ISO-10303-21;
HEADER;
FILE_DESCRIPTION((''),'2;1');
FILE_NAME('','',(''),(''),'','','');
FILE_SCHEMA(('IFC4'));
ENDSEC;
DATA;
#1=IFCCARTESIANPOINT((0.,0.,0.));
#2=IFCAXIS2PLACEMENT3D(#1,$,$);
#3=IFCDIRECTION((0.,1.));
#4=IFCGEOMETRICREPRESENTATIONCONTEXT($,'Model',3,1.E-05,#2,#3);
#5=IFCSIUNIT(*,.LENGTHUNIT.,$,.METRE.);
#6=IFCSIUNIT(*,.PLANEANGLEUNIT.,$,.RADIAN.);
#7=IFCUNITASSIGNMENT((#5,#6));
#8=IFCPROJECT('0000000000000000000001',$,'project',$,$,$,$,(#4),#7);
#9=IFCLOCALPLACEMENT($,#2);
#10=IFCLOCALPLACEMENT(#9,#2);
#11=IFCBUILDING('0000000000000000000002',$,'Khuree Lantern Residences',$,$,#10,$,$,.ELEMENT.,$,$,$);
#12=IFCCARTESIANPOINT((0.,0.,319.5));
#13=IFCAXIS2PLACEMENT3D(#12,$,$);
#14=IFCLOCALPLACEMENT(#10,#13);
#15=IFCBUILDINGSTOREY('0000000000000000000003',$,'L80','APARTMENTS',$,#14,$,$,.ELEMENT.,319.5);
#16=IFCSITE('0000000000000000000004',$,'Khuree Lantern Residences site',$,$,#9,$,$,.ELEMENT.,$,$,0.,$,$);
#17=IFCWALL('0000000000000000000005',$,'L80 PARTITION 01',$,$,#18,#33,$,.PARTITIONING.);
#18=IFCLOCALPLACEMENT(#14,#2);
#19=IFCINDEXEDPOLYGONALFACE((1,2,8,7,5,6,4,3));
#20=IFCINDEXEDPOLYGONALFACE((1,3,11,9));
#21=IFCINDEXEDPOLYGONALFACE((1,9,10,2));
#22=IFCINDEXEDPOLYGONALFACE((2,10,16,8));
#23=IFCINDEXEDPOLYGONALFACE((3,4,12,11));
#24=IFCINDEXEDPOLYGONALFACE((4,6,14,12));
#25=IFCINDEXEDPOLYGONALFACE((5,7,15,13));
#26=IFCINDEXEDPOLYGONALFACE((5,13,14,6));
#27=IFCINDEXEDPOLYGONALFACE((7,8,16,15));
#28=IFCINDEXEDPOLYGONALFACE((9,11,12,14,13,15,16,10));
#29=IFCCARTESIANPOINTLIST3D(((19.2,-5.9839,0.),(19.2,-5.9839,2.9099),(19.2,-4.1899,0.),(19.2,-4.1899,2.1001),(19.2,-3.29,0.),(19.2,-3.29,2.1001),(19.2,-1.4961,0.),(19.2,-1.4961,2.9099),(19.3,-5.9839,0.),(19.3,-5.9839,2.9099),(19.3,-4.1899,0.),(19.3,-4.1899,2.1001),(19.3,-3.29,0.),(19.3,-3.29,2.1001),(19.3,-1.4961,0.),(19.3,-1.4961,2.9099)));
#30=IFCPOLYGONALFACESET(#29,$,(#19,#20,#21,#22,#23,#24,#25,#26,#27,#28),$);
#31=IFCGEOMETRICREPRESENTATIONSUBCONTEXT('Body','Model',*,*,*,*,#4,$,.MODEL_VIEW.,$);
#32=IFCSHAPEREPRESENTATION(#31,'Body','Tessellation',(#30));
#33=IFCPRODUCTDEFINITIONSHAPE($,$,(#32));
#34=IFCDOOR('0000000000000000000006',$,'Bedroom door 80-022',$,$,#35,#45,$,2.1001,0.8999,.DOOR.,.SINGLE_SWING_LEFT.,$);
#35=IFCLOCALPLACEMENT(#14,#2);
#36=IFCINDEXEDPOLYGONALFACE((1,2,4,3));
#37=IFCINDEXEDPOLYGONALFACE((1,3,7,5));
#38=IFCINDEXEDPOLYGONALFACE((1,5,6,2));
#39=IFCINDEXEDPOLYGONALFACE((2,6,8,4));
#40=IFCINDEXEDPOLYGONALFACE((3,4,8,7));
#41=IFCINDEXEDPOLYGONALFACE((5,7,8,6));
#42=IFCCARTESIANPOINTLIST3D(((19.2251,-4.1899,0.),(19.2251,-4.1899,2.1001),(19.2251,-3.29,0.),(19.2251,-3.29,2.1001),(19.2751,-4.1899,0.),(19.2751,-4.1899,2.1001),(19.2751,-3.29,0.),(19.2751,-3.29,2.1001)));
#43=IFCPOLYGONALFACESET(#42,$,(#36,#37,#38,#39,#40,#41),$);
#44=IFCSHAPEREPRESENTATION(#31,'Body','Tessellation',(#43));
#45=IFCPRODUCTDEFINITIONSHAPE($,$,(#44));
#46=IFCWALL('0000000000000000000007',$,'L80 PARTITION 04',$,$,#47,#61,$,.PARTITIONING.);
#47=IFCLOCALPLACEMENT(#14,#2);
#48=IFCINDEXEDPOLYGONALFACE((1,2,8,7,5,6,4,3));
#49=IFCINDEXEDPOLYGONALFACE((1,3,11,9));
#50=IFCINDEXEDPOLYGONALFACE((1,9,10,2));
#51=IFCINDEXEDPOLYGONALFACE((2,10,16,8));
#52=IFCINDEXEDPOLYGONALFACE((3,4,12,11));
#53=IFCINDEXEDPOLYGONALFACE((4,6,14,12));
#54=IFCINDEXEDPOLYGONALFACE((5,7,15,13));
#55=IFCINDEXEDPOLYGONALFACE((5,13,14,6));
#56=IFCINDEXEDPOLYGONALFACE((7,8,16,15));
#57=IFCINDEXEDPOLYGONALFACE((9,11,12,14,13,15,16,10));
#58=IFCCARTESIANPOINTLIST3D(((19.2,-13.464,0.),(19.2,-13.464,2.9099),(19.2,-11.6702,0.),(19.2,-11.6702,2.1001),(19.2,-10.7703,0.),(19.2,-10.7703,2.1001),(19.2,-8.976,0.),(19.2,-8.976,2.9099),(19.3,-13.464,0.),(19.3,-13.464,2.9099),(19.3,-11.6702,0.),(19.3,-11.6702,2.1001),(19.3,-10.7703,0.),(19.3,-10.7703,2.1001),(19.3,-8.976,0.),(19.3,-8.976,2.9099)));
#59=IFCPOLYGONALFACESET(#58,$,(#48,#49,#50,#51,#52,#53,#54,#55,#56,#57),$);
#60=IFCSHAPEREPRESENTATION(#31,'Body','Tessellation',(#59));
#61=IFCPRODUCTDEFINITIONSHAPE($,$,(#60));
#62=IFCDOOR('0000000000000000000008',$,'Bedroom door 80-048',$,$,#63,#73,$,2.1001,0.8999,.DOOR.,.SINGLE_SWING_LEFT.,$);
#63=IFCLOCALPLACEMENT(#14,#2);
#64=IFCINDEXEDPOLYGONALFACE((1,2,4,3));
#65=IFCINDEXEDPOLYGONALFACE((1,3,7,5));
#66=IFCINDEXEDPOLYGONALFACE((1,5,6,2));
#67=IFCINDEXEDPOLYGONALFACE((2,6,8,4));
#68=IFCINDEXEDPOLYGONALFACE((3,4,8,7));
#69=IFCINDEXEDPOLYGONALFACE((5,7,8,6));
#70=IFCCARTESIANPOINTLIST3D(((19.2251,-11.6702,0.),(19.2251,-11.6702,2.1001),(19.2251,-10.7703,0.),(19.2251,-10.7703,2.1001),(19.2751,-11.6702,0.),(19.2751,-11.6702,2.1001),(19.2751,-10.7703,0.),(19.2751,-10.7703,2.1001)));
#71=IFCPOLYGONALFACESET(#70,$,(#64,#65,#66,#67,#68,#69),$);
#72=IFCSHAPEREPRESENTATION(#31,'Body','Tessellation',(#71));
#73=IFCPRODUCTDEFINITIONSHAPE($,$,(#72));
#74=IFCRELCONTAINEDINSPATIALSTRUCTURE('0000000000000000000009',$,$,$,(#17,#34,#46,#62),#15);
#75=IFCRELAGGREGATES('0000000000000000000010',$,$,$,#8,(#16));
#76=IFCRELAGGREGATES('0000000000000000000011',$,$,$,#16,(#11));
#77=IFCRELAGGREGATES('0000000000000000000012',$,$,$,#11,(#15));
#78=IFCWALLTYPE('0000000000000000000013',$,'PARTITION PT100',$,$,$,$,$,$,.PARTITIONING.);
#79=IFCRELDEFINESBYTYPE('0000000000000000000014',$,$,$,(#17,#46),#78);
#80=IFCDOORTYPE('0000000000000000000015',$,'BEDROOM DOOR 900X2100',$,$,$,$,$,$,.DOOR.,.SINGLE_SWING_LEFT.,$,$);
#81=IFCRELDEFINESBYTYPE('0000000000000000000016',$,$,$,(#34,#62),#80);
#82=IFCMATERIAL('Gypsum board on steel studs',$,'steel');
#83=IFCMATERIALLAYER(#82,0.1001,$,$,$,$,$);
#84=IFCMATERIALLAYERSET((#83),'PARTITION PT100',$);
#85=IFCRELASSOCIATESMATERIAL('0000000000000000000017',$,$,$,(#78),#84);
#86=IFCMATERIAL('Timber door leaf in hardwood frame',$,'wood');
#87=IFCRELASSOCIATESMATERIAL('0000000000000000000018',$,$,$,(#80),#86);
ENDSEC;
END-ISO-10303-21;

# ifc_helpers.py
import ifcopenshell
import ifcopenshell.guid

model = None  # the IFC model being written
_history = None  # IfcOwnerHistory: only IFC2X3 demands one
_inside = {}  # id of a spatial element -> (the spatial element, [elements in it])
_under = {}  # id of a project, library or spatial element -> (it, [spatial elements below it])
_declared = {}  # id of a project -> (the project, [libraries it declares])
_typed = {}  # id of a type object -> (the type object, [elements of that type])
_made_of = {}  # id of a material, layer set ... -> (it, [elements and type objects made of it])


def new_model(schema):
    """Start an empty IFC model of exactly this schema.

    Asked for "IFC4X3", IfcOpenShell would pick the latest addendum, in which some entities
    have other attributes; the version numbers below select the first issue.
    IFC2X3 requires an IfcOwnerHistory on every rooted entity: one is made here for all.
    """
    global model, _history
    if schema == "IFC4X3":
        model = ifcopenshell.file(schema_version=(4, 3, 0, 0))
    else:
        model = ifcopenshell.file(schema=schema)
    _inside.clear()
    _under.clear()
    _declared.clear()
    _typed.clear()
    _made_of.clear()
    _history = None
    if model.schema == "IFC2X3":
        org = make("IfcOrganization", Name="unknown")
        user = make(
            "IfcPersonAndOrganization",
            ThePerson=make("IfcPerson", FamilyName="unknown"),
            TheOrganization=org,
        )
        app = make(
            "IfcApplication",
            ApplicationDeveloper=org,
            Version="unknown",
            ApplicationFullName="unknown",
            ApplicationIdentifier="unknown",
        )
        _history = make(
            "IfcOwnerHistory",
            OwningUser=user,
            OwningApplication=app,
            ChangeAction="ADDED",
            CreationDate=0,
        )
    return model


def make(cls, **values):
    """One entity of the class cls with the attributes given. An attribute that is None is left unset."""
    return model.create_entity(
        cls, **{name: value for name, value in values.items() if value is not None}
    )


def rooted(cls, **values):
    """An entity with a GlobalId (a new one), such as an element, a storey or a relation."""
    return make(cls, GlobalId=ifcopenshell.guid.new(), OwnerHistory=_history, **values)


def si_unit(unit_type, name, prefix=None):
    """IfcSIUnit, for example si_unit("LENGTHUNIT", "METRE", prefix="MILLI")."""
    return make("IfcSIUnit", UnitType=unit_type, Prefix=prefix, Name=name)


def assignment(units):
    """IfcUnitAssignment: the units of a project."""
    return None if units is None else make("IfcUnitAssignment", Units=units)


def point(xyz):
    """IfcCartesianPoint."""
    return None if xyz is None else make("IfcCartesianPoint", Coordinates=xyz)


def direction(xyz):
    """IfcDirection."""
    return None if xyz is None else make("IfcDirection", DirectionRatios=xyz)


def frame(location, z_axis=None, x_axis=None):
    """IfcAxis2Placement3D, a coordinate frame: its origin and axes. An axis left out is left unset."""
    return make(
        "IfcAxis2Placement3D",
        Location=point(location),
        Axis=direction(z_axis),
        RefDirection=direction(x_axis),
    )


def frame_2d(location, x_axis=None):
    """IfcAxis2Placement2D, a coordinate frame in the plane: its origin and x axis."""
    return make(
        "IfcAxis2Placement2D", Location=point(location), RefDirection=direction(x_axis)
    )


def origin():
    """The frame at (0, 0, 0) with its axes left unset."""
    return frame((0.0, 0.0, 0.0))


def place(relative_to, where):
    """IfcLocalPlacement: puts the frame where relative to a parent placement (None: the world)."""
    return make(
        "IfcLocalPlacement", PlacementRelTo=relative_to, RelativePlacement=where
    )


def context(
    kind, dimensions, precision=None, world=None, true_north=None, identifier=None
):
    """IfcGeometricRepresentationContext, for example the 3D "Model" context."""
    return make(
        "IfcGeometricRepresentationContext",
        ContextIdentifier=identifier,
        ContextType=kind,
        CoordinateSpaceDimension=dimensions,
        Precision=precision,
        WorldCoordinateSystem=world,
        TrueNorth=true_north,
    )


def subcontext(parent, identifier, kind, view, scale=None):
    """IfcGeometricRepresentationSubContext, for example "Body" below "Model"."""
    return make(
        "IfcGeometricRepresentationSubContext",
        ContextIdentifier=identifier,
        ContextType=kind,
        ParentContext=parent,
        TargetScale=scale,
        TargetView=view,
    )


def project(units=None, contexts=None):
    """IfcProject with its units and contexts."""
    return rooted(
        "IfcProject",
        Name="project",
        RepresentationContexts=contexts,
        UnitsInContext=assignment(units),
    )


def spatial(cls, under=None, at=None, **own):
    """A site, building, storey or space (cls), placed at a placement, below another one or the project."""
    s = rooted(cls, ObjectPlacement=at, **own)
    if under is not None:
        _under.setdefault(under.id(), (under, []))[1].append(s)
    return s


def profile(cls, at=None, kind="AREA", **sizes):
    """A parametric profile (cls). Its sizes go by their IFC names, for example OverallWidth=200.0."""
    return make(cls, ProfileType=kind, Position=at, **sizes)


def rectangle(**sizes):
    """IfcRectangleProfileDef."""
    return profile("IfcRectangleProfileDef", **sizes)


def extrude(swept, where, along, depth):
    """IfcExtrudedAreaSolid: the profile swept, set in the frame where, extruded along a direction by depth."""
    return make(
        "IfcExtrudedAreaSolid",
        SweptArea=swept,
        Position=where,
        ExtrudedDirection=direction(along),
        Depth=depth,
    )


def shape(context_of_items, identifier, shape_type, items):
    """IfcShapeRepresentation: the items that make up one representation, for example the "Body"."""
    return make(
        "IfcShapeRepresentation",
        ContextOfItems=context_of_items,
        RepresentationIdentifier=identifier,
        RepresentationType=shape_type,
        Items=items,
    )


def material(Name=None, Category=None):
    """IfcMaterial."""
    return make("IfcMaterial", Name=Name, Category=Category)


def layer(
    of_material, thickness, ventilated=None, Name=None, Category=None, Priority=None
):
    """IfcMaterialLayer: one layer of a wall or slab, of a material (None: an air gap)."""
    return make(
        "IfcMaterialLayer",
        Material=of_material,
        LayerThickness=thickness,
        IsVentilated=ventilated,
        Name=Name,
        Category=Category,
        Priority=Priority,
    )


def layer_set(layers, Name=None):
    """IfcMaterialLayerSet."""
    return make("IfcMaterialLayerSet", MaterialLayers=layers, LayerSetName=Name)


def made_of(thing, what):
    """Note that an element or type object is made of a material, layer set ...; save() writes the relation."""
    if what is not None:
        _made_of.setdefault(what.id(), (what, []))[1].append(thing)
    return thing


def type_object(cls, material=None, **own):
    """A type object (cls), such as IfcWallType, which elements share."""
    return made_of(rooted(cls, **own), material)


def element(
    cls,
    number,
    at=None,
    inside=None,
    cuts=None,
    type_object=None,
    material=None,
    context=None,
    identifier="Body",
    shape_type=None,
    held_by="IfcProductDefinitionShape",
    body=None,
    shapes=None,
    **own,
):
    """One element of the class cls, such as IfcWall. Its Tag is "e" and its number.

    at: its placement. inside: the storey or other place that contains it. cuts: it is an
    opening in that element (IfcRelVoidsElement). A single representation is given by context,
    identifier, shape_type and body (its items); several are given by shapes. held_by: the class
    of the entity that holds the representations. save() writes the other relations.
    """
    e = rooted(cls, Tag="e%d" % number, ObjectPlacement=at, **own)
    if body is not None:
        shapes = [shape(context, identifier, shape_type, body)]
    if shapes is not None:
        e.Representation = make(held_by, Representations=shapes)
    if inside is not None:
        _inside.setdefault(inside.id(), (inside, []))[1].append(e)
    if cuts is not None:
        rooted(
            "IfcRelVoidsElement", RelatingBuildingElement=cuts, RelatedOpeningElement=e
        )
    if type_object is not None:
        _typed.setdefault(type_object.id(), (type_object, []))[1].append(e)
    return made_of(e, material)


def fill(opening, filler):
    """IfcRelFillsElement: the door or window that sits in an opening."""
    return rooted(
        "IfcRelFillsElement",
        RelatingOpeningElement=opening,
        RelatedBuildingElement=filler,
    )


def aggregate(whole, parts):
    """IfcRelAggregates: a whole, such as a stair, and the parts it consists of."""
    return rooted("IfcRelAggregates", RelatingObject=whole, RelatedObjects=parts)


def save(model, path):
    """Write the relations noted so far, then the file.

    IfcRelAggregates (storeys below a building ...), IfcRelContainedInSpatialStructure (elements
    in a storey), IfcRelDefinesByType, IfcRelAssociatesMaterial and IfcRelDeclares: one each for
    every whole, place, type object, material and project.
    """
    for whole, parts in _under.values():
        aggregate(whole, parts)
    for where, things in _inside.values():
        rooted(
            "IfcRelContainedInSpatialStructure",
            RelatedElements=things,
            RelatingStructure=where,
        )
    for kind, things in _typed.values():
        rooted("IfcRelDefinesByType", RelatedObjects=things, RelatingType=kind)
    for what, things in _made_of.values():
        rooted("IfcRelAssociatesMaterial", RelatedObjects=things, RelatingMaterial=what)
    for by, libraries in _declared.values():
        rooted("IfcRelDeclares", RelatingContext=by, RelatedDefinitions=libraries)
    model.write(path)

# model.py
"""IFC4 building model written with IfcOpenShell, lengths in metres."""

from ifc_helpers import new_model, si_unit, direction, frame, frame_2d, origin, place, context, subcontext, project, spatial, rectangle, extrude, material, layer, layer_set, type_object, element, fill, save


model = new_model("IFC4")

# Units and contexts
model_context = context("Model", 3, precision=1e-05, world=origin(), true_north=direction((0.0, 1.0)))
body_context = subcontext(model_context, "Body", "Model", "MODEL_VIEW")
ifc_project = project(units=[si_unit("LENGTHUNIT", "METRE"), si_unit("PLANEANGLEUNIT", "RADIAN")], contexts=[model_context])

# Site, building, storey
site_placement = place(None, origin())
site = spatial("IfcSite", under=ifc_project, at=site_placement, Name="Khuree Lantern Residences site", CompositionType="ELEMENT", RefElevation=0.0)
building_placement = place(site_placement, origin())
building = spatial("IfcBuilding", under=site, at=building_placement, Name="Khuree Lantern Residences", CompositionType="ELEMENT")
storey_placement = place(building_placement, frame((0.0, 0.0, 319.5)))
storey = spatial("IfcBuildingStorey", under=building, at=storey_placement, Name="L80", Description="APARTMENTS", CompositionType="ELEMENT", Elevation=319.5)

# Shared definitions
ifc_material_1 = material(Name="Gypsum board on steel studs", Category="steel")

# Shared definitions
ifc_material_2 = material(Name="Timber door leaf in hardwood frame", Category="wood")

# Shared definitions
ifc_layer_1 = layer(ifc_material_1, 0.1001)
ifc_layer_set_1 = layer_set([ifc_layer_1], Name="PARTITION PT100")
wall_type_1 = type_object("IfcWallType", Name="PARTITION PT100", PredefinedType="PARTITIONING", material=ifc_layer_set_1)

# Walls, openings, doors
wall_1_placement = place(storey_placement, frame((19.25, -5.9839, 0.0), z_axis=(0.0, 0.0, 1.0), x_axis=(0.0, 1.0, 0.0)))
wall_1 = element("IfcWall", 1, at=wall_1_placement, inside=storey, type_object=wall_type_1, Name="L80 PARTITION 01", PredefinedType="PARTITIONING", context=body_context, shape_type="SweptSolid", body=[
    extrude(rectangle(XDim=4.4878, YDim=0.1001, at=frame_2d((2.2439, 0.0))), origin(), (0.0, 0.0, 1.0), 2.9099),
])
opening_1_placement = place(wall_1_placement, frame((1.7939, 0.0, 0.0)))
opening_1 = element("IfcOpeningElement", 2, at=opening_1_placement, cuts=wall_1, PredefinedType="OPENING", context=body_context, shape_type="SweptSolid", body=[
    extrude(rectangle(XDim=0.8999, YDim=2.1001, at=frame_2d((0.45, 1.05))), frame((0.0, 0.0601, 0.0), z_axis=(0.0, -1.0, 0.0), x_axis=(1.0, 0.0, 0.0)), (0.0, 0.0, 1.0), 0.1201),
])
door_type_1 = type_object("IfcDoorType", Name="BEDROOM DOOR 900X2100", OperationType="SINGLE_SWING_LEFT", PredefinedType="DOOR", material=ifc_material_2)
door_1_placement = place(opening_1_placement, origin())
door_1 = element("IfcDoor", 3, at=door_1_placement, inside=storey, type_object=door_type_1, Name="Bedroom door 80-022", OperationType="SINGLE_SWING_LEFT", OverallHeight=2.1001, OverallWidth=0.8999, PredefinedType="DOOR", context=body_context, shape_type="SweptSolid", body=[
    extrude(rectangle(XDim=0.8999, YDim=2.1001, at=frame_2d((0.45, 1.05))), frame((0.0, 0.0249, 0.0), z_axis=(0.0, -1.0, 0.0), x_axis=(1.0, 0.0, 0.0)), (0.0, 0.0, 1.0), 0.05),
])
fill(opening_1, door_1)
wall_2_placement = place(storey_placement, frame((19.25, -13.4641, 0.0), z_axis=(0.0, 0.0, 1.0), x_axis=(0.0, 1.0, 0.0)))
wall_2 = element("IfcWall", 4, at=wall_2_placement, inside=storey, type_object=wall_type_1, Name="L80 PARTITION 04", PredefinedType="PARTITIONING", context=body_context, shape_type="SweptSolid", body=[
    extrude(rectangle(XDim=4.488, YDim=0.1001, at=frame_2d((2.2441, 0.0))), origin(), (0.0, 0.0, 1.0), 2.9099),
])
opening_2_placement = place(wall_2_placement, frame((1.7939, 0.0, 0.0)))
opening_2 = element("IfcOpeningElement", 5, at=opening_2_placement, cuts=wall_2, PredefinedType="OPENING", context=body_context, shape_type="SweptSolid", body=[
    extrude(rectangle(XDim=0.8999, YDim=2.1001, at=frame_2d((0.45, 1.05))), frame((0.0, 0.0601, 0.0), z_axis=(0.0, -1.0, 0.0), x_axis=(1.0, 0.0, 0.0)), (0.0, 0.0, 1.0), 0.1201),
])
door_2_placement = place(opening_2_placement, origin())
door_2 = element("IfcDoor", 6, at=door_2_placement, inside=storey, type_object=door_type_1, Name="Bedroom door 80-048", OperationType="SINGLE_SWING_LEFT", OverallHeight=2.1001, OverallWidth=0.8999, PredefinedType="DOOR", context=body_context, shape_type="SweptSolid", body=[
    extrude(rectangle(XDim=0.8999, YDim=2.1001, at=frame_2d((0.45, 1.05))), frame((0.0, 0.0249, 0.0), z_axis=(0.0, -1.0, 0.0), x_axis=(1.0, 0.0, 0.0)), (0.0, 0.0, 1.0), 0.05),
])
fill(opening_2, door_2)

save(model, "model.ifc")
